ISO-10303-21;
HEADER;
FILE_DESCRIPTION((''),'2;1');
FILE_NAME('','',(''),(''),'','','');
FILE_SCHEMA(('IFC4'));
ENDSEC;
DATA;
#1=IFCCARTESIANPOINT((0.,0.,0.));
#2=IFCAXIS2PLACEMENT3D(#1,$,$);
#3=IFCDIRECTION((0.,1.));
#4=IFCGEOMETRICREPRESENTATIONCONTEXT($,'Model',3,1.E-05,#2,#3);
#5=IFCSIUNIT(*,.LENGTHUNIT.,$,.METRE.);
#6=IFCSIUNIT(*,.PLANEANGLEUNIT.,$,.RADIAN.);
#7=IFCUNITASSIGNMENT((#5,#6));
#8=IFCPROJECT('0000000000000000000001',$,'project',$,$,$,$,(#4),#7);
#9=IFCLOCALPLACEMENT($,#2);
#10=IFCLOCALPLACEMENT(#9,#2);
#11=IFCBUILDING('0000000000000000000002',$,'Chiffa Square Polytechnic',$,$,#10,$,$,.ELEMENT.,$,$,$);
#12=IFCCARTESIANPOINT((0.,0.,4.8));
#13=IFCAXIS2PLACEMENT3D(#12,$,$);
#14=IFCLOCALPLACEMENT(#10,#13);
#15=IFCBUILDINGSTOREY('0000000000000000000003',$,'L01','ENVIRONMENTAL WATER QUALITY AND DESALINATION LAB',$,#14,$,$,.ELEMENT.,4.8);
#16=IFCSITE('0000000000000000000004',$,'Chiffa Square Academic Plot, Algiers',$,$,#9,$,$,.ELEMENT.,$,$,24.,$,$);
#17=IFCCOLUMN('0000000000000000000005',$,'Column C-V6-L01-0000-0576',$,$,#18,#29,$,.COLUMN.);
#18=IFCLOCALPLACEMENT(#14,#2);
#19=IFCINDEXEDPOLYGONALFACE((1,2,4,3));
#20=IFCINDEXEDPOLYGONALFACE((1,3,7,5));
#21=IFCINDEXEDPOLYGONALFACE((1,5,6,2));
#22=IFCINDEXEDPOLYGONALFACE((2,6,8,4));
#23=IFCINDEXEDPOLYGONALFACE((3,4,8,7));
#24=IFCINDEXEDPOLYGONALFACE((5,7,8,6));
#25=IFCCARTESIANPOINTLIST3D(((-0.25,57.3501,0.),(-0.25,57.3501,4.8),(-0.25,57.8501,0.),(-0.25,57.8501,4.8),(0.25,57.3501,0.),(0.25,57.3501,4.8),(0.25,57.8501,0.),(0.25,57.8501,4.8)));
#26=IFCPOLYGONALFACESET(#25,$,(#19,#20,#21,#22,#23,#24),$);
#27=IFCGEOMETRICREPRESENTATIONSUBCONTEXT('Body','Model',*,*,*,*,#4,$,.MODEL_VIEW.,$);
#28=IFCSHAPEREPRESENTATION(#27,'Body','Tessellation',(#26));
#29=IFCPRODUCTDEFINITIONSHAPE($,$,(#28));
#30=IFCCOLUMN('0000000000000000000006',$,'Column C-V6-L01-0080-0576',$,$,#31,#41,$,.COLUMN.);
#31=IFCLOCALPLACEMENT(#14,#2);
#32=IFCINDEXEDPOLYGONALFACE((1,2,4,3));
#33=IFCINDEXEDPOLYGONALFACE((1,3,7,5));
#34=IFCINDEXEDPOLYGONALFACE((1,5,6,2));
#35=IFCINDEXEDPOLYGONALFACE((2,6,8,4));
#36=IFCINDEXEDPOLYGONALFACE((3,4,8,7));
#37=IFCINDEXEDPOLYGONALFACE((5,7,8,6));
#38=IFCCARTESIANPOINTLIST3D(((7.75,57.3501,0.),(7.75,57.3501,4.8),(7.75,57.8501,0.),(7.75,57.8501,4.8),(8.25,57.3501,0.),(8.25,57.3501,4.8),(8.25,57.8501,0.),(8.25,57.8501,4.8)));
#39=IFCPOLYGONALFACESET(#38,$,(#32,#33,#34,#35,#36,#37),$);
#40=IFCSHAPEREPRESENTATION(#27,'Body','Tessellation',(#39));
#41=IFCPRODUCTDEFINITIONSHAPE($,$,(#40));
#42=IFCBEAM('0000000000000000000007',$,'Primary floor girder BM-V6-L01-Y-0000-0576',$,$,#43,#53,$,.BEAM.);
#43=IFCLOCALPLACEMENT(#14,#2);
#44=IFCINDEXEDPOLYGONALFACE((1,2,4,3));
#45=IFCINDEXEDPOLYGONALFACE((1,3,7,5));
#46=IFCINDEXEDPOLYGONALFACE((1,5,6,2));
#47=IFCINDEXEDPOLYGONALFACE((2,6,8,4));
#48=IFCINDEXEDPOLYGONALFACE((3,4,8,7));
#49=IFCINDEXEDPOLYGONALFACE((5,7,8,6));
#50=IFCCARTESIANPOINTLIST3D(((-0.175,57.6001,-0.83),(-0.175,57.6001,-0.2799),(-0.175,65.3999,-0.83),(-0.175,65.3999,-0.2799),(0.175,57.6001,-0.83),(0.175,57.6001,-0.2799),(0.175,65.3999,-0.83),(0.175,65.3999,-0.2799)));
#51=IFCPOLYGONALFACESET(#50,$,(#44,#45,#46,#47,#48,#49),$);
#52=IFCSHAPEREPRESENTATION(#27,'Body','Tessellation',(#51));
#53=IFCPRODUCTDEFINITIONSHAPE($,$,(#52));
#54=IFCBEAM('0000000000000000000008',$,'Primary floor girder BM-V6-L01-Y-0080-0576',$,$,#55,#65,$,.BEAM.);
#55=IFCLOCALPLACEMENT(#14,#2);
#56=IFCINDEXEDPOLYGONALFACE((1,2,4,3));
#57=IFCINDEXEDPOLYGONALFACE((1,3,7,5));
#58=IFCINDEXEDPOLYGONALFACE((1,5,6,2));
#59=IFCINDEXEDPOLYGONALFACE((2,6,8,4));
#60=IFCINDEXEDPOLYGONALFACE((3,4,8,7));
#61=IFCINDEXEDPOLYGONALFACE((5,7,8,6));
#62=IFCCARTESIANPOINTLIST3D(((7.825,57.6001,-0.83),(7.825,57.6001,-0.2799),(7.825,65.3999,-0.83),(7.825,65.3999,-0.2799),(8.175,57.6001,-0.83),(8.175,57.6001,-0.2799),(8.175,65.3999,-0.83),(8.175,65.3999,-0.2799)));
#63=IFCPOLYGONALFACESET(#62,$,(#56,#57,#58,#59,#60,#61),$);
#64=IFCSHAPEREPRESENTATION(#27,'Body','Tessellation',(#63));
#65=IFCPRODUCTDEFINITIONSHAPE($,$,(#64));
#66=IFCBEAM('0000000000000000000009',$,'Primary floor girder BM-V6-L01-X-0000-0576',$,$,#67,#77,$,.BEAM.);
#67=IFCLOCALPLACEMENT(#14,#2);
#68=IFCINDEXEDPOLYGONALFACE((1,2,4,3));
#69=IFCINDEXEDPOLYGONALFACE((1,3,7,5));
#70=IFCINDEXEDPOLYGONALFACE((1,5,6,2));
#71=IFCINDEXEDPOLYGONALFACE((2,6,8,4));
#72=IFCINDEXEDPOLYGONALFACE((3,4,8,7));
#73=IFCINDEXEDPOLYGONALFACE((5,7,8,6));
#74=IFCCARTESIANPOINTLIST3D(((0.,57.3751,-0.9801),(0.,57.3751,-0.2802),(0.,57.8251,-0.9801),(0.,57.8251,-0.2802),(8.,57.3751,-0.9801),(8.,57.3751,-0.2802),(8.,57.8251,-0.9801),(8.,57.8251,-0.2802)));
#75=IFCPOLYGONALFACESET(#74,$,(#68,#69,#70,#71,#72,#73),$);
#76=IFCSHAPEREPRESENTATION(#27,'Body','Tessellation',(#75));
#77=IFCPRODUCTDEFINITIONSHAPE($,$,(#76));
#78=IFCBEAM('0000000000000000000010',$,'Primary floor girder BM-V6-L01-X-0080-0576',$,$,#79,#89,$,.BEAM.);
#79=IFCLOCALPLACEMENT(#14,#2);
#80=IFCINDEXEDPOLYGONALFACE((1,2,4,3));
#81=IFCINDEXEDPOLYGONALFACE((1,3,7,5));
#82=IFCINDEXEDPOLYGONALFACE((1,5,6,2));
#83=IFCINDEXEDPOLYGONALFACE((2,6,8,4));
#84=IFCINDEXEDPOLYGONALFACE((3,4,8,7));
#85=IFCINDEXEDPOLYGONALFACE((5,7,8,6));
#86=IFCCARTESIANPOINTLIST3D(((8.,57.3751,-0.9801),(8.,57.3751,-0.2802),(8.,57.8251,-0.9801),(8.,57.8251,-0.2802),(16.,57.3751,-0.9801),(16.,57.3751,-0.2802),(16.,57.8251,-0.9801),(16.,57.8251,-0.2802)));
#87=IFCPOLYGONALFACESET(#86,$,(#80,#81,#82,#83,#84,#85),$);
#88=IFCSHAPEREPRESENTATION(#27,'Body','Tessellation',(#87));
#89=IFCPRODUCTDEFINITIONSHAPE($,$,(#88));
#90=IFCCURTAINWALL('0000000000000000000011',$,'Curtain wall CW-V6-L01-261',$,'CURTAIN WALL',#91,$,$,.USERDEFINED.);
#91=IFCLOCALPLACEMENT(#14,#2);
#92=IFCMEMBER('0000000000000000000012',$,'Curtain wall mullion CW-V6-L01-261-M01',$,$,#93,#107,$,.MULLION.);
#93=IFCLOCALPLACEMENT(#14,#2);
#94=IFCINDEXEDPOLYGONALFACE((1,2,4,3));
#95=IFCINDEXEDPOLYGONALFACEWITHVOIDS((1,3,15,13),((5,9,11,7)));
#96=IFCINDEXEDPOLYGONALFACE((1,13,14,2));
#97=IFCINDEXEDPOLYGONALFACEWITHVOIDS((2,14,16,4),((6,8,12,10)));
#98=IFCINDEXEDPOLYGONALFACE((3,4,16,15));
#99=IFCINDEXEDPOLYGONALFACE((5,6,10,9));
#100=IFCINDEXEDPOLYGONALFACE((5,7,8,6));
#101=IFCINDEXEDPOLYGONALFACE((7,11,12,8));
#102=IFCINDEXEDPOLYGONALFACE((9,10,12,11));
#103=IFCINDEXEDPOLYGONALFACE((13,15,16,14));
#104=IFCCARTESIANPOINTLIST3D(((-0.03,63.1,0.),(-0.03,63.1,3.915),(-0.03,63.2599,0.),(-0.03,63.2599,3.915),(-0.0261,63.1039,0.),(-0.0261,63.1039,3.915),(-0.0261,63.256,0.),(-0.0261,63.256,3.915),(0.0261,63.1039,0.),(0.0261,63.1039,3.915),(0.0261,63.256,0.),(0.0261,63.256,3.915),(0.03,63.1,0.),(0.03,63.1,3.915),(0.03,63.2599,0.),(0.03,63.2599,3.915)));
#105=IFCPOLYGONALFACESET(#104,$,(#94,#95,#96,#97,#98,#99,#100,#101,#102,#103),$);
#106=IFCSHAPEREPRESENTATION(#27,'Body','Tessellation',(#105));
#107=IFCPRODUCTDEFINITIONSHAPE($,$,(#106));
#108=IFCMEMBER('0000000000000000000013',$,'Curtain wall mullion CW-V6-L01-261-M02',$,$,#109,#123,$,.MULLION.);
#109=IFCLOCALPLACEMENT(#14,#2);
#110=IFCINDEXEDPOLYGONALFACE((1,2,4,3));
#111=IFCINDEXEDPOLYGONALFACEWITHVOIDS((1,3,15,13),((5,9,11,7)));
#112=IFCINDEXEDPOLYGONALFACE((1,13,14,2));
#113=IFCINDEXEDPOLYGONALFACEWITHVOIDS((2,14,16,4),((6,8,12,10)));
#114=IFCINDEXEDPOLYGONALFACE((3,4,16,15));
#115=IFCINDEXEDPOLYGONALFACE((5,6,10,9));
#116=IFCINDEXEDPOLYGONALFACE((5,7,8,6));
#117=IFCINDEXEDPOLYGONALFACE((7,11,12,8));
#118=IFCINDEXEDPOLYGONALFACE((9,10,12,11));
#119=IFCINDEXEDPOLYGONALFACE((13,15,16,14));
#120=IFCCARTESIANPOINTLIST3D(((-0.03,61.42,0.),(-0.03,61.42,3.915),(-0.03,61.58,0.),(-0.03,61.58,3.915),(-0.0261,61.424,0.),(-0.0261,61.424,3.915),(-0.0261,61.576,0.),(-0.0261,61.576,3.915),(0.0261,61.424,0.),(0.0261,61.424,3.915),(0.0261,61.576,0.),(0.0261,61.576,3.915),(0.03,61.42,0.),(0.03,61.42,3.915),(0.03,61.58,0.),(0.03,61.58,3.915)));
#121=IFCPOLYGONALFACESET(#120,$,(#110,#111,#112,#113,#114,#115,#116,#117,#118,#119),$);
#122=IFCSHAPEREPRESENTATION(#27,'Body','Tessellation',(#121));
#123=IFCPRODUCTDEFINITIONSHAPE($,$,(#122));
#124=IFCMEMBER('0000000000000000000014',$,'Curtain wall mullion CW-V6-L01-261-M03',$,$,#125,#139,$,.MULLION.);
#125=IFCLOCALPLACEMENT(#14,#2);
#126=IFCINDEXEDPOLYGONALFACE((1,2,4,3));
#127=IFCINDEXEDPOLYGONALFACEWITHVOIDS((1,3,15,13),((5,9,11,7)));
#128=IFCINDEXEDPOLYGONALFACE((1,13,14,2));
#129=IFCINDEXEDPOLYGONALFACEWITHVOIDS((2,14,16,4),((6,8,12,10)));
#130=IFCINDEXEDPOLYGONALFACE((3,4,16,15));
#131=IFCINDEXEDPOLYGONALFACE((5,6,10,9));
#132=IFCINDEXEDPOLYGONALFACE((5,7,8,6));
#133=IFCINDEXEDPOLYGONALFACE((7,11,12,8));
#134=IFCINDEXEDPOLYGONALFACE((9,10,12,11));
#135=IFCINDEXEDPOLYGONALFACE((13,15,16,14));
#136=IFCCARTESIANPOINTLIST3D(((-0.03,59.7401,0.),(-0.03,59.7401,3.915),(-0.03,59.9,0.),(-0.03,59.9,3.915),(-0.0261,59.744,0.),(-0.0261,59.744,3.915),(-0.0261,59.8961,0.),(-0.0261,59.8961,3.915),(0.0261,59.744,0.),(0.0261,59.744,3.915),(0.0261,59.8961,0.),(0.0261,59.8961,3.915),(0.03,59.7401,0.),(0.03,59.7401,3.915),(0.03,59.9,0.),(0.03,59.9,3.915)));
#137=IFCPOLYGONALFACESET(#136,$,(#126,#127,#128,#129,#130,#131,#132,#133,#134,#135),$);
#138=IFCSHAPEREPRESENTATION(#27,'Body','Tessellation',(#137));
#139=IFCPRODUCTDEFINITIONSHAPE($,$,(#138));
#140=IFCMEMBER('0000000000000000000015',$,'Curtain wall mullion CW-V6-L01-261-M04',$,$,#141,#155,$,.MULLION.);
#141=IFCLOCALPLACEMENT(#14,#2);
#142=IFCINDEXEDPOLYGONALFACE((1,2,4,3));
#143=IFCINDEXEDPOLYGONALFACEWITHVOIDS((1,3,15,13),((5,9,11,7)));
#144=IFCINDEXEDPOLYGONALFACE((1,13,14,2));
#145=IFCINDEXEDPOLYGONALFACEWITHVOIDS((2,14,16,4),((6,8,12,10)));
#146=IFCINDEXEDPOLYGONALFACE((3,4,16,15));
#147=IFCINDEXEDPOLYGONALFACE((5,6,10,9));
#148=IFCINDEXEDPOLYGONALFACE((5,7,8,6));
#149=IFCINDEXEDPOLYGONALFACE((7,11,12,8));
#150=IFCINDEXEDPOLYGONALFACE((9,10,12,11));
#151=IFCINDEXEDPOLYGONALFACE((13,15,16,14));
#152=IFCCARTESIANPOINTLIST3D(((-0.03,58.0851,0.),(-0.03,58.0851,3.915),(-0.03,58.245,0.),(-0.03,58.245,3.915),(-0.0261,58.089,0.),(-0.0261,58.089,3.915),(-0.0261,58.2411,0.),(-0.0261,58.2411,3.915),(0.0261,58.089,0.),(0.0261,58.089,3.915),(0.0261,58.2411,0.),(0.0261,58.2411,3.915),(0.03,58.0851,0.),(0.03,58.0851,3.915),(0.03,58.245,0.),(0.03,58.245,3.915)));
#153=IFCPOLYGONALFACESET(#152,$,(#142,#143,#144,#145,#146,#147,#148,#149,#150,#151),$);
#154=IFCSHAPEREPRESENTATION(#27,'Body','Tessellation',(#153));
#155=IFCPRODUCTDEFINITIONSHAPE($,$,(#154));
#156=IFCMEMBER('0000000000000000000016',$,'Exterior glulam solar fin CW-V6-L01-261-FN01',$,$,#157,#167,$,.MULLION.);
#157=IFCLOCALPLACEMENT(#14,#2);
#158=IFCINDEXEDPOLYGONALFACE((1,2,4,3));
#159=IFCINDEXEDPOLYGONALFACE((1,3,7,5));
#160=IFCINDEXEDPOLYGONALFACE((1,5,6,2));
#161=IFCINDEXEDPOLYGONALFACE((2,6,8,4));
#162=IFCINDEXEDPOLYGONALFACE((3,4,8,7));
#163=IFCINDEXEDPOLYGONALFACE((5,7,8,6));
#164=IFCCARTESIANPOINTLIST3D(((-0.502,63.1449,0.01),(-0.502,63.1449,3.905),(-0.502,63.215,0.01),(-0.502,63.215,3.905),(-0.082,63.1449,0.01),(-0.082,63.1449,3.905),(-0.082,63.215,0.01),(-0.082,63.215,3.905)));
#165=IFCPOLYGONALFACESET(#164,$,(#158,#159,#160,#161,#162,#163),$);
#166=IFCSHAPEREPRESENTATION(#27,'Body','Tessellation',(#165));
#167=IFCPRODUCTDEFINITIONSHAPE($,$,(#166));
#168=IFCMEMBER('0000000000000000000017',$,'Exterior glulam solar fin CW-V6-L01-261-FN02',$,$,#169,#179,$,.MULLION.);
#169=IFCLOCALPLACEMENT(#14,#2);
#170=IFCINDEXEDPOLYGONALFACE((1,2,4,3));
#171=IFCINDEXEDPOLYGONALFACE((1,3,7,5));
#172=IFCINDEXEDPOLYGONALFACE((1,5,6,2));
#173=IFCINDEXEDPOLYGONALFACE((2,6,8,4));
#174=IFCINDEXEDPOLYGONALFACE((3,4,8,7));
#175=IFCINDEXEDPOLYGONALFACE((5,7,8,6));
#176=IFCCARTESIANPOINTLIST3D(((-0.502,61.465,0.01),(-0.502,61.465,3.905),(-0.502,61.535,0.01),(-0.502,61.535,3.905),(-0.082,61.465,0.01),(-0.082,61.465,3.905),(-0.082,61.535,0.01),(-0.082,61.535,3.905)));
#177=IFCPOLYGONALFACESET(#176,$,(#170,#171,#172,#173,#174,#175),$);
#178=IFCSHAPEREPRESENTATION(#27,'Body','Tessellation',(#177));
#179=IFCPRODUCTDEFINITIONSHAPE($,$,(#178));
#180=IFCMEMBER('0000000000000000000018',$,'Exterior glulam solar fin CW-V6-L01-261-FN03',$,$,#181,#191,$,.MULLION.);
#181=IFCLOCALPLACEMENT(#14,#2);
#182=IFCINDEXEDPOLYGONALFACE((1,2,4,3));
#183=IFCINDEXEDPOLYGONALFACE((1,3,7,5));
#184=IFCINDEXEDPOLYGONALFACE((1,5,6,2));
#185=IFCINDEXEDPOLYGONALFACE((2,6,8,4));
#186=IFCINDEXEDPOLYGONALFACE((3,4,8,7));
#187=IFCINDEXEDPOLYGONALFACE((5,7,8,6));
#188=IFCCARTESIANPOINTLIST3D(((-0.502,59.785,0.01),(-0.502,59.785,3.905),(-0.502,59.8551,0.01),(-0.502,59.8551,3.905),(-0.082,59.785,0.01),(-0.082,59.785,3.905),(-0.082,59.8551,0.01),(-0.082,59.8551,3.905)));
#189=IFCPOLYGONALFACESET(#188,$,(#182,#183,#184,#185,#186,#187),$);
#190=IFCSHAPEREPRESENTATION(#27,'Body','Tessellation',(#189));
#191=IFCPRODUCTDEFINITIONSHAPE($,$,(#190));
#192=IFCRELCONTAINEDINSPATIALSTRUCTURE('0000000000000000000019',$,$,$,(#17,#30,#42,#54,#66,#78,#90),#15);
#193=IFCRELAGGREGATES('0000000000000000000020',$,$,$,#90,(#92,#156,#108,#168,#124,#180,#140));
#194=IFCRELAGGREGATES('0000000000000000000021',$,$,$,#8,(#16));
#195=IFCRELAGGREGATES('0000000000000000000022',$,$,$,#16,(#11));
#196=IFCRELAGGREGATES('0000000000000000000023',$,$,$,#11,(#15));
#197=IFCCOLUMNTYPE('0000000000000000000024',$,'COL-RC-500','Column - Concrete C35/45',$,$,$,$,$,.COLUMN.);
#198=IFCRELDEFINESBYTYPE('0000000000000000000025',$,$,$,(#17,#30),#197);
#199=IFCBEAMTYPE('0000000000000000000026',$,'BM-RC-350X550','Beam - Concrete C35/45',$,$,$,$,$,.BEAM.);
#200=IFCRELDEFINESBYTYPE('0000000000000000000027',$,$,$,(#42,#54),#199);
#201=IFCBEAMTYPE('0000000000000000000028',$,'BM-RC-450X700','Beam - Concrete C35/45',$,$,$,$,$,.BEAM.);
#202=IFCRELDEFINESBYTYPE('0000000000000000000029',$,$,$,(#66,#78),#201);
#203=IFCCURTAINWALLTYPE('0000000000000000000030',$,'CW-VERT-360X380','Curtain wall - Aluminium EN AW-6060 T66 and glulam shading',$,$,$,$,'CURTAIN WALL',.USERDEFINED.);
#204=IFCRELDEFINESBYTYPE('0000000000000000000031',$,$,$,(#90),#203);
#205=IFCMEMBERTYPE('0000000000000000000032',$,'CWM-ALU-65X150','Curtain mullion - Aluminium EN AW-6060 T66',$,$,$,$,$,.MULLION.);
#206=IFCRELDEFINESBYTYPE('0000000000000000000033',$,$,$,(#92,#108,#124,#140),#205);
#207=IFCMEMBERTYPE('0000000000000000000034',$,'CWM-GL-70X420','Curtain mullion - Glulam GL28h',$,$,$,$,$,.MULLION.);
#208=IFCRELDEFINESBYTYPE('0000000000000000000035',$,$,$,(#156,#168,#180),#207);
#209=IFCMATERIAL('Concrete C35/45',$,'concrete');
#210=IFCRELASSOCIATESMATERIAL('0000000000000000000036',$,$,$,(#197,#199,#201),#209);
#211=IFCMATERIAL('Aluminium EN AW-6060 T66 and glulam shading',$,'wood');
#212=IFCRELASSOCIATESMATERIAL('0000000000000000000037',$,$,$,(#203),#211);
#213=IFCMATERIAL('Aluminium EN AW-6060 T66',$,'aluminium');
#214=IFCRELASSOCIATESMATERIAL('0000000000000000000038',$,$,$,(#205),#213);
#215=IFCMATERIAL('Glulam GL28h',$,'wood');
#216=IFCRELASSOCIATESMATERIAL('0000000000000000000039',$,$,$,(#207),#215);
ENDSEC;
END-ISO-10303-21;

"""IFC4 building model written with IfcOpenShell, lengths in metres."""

from ifc_helpers import new_model, si_unit, direction, frame, origin, origin_2d, place, context, subcontext, project, spatial, rectangle, hollow_rectangle, extrude, material, material_profile, profile_set, type_object, element, aggregate, save


model = new_model("IFC4")

# Units and contexts
model_context = context("Model", 3, precision=1e-05, world=origin(), true_north=direction((0.0, 1.0)))
body_context = subcontext(model_context, "Body", "Model", "MODEL_VIEW")
ifc_project = project(units=[si_unit("LENGTHUNIT", "METRE"), si_unit("PLANEANGLEUNIT", "RADIAN")], contexts=[model_context])

# Site, building, storey
site_placement = place(None, origin())
site = spatial("IfcSite", under=ifc_project, at=site_placement, Name="Chiffa Square Academic Plot, Algiers", CompositionType="ELEMENT", RefElevation=24.0)
building_placement = place(site_placement, origin())
building = spatial("IfcBuilding", under=site, at=building_placement, Name="Chiffa Square Polytechnic", CompositionType="ELEMENT")
storey_placement = place(building_placement, frame((0.0, 0.0, 4.8)))
storey = spatial("IfcBuildingStorey", under=building, at=storey_placement, Name="L01", Description="ENVIRONMENTAL WATER QUALITY AND DESALINATION LAB", CompositionType="ELEMENT", Elevation=4.8)

# Columns
ifc_material_1 = material(Name="Concrete C35/45", Category="concrete")
ifc_material_profile_1 = material_profile(ifc_material_1, rectangle(XDim=0.5, YDim=0.5, at=origin_2d()), Name="RC 500x500")
ifc_profile_set_1 = profile_set([ifc_material_profile_1], Name="Concrete C35/45")
column_type = type_object("IfcColumnType", Name="COL-RC-500", Description="Column - Concrete C35/45", PredefinedType="COLUMN", material=ifc_profile_set_1)
for number, where, z_axis, x_axis, name in (
    (1, (0.0, 57.6001, 0.0), (0.0, 0.0, 1.0), (1.0, 0.0, 0.0), "Column C-V6-L01-0000-0576"),
    (2, (8.0, 57.6001, 0.0), (0.0, 0.0, 1.0), (1.0, 0.0, 0.0), "Column C-V6-L01-0080-0576"),
):
    element("IfcColumn", number, at=place(storey_placement, frame(where, z_axis=z_axis, x_axis=x_axis)), inside=storey, type_object=column_type, Name=name, PredefinedType="COLUMN", context=body_context, shape_type="SweptSolid", body=[
        extrude(rectangle(XDim=0.5, YDim=0.5, at=origin_2d()), origin(), (0.0, 0.0, 1.0), 4.8),
    ])

# Beams
ifc_material_profile_2 = material_profile(ifc_material_1, rectangle(XDim=0.3501, YDim=0.55, at=origin_2d()), Name="RC 350x550")
ifc_profile_set_2 = profile_set([ifc_material_profile_2], Name="Concrete C35/45")
beam_type_1 = type_object("IfcBeamType", Name="BM-RC-350X550", Description="Beam - Concrete C35/45", PredefinedType="BEAM", material=ifc_profile_set_2)
for number, where, z_axis, x_axis, name in (
    (3, (0.0, 57.6001, -0.5549), (0.0, 1.0, 0.0), (-1.0, 0.0, 0.0), "Primary floor girder BM-V6-L01-Y-0000-0576"),
    (4, (8.0, 57.6001, -0.5549), (0.0, 1.0, 0.0), (-1.0, 0.0, 0.0), "Primary floor girder BM-V6-L01-Y-0080-0576"),
):
    element("IfcBeam", number, at=place(storey_placement, frame(where, z_axis=z_axis, x_axis=x_axis)), inside=storey, type_object=beam_type_1, Name=name, PredefinedType="BEAM", context=body_context, shape_type="SweptSolid", body=[
        extrude(rectangle(XDim=0.3501, YDim=0.55, at=origin_2d()), origin(), (0.0, 0.0, 1.0), 7.7998),
    ])
ifc_material_profile_3 = material_profile(ifc_material_1, rectangle(XDim=0.45, YDim=0.7, at=origin_2d()), Name="RC 450x700")
ifc_profile_set_3 = profile_set([ifc_material_profile_3], Name="Concrete C35/45")
beam_type_2 = type_object("IfcBeamType", Name="BM-RC-450X700", Description="Beam - Concrete C35/45", PredefinedType="BEAM", material=ifc_profile_set_3)
for number, where, z_axis, x_axis, name in (
    (5, (0.0, 57.6001, -0.6301), (1.0, 0.0, 0.0), (0.0, 1.0, 0.0), "Primary floor girder BM-V6-L01-X-0000-0576"),
    (6, (8.0, 57.6001, -0.6301), (1.0, 0.0, 0.0), (0.0, 1.0, 0.0), "Primary floor girder BM-V6-L01-X-0080-0576"),
):
    element("IfcBeam", number, at=place(storey_placement, frame(where, z_axis=z_axis, x_axis=x_axis)), inside=storey, type_object=beam_type_2, Name=name, PredefinedType="BEAM", context=body_context, shape_type="SweptSolid", body=[
        extrude(rectangle(XDim=0.45, YDim=0.7, at=origin_2d()), origin(), (0.0, 0.0, 1.0), 8.0),
    ])

# Curtain wall, members
ifc_material_2 = material(Name="Aluminium EN AW-6060 T66 and glulam shading", Category="wood")
curtain_wall_type = type_object("IfcCurtainWallType", Name="CW-VERT-360X380", Description="Curtain wall - Aluminium EN AW-6060 T66 and glulam shading", ElementType="CURTAIN WALL", PredefinedType="USERDEFINED", material=ifc_material_2)
curtain_wall_placement = place(storey_placement, origin())
curtain_wall = element("IfcCurtainWall", 7, at=curtain_wall_placement, inside=storey, type_object=curtain_wall_type, Name="Curtain wall CW-V6-L01-261", ObjectType="CURTAIN WALL", PredefinedType="USERDEFINED")
ifc_material_3 = material(Name="Aluminium EN AW-6060 T66", Category="aluminium")
ifc_material_profile_4 = material_profile(ifc_material_3, hollow_rectangle(XDim=0.0601, YDim=0.1599, WallThickness=0.0039, at=origin_2d()), Name="ALU 60x160x4")
ifc_profile_set_4 = profile_set([ifc_material_profile_4], Name="Aluminium EN AW-6060 T66")
member_type_1 = type_object("IfcMemberType", Name="CWM-ALU-65X150", Description="Curtain mullion - Aluminium EN AW-6060 T66", PredefinedType="MULLION", material=ifc_profile_set_4)
member_1_placement = place(storey_placement, frame((0.0, 63.1799, 0.0), z_axis=(0.0, 0.0, 1.0), x_axis=(1.0, 0.0, 0.0)))
member_1 = element("IfcMember", 8, at=member_1_placement, type_object=member_type_1, Name="Curtain wall mullion CW-V6-L01-261-M01", PredefinedType="MULLION", context=body_context, shape_type="SweptSolid", body=[
    extrude(hollow_rectangle(XDim=0.0601, YDim=0.1599, WallThickness=0.0039, at=origin_2d()), origin(), (0.0, 0.0, 1.0), 3.915),
])
member_2_placement = place(storey_placement, frame((0.0, 61.5, 0.0), z_axis=(0.0, 0.0, 1.0), x_axis=(1.0, 0.0, 0.0)))
member_2 = element("IfcMember", 9, at=member_2_placement, type_object=member_type_1, Name="Curtain wall mullion CW-V6-L01-261-M02", PredefinedType="MULLION", context=body_context, shape_type="SweptSolid", body=[
    extrude(hollow_rectangle(XDim=0.0601, YDim=0.1599, WallThickness=0.0039, at=origin_2d()), origin(), (0.0, 0.0, 1.0), 3.915),
])
member_3_placement = place(storey_placement, frame((0.0, 59.8201, 0.0), z_axis=(0.0, 0.0, 1.0), x_axis=(1.0, 0.0, 0.0)))
member_3 = element("IfcMember", 10, at=member_3_placement, type_object=member_type_1, Name="Curtain wall mullion CW-V6-L01-261-M03", PredefinedType="MULLION", context=body_context, shape_type="SweptSolid", body=[
    extrude(hollow_rectangle(XDim=0.0601, YDim=0.1599, WallThickness=0.0039, at=origin_2d()), origin(), (0.0, 0.0, 1.0), 3.915),
])
member_4_placement = place(storey_placement, frame((0.0, 58.165, 0.0), z_axis=(0.0, 0.0, 1.0), x_axis=(1.0, 0.0, 0.0)))
member_4 = element("IfcMember", 11, at=member_4_placement, type_object=member_type_1, Name="Curtain wall mullion CW-V6-L01-261-M04", PredefinedType="MULLION", context=body_context, shape_type="SweptSolid", body=[
    extrude(hollow_rectangle(XDim=0.0601, YDim=0.1599, WallThickness=0.0039, at=origin_2d()), origin(), (0.0, 0.0, 1.0), 3.915),
])
ifc_material_4 = material(Name="Glulam GL28h", Category="wood")
ifc_material_profile_5 = material_profile(ifc_material_4, rectangle(XDim=0.0701, YDim=0.4199, at=origin_2d()), Name="GL28h 70x420")
ifc_profile_set_5 = profile_set([ifc_material_profile_5], Name="Glulam GL28h")
member_type_2 = type_object("IfcMemberType", Name="CWM-GL-70X420", Description="Curtain mullion - Glulam GL28h", PredefinedType="MULLION", material=ifc_profile_set_5)
member_5_placement = place(storey_placement, frame((-0.292, 63.1799, 0.01), z_axis=(0.0, 0.0, 1.0), x_axis=(0.0, -1.0, 0.0)))
member_5 = element("IfcMember", 12, at=member_5_placement, type_object=member_type_2, Name="Exterior glulam solar fin CW-V6-L01-261-FN01", PredefinedType="MULLION", context=body_context, shape_type="SweptSolid", body=[
    extrude(rectangle(XDim=0.0701, YDim=0.4199, at=origin_2d()), origin(), (0.0, 0.0, 1.0), 3.895),
])
member_6_placement = place(storey_placement, frame((-0.292, 61.5, 0.01), z_axis=(0.0, 0.0, 1.0), x_axis=(0.0, -1.0, 0.0)))
member_6 = element("IfcMember", 13, at=member_6_placement, type_object=member_type_2, Name="Exterior glulam solar fin CW-V6-L01-261-FN02", PredefinedType="MULLION", context=body_context, shape_type="SweptSolid", body=[
    extrude(rectangle(XDim=0.0701, YDim=0.4199, at=origin_2d()), origin(), (0.0, 0.0, 1.0), 3.895),
])
member_7_placement = place(storey_placement, frame((-0.292, 59.8201, 0.01), z_axis=(0.0, 0.0, 1.0), x_axis=(0.0, -1.0, 0.0)))
member_7 = element("IfcMember", 14, at=member_7_placement, type_object=member_type_2, Name="Exterior glulam solar fin CW-V6-L01-261-FN03", PredefinedType="MULLION", context=body_context, shape_type="SweptSolid", body=[
    extrude(rectangle(XDim=0.0701, YDim=0.4199, at=origin_2d()), origin(), (0.0, 0.0, 1.0), 3.895),
])

aggregate(curtain_wall, [member_1, member_5, member_2, member_6, member_3, member_7, member_4])

save(model, "model.ifc")
